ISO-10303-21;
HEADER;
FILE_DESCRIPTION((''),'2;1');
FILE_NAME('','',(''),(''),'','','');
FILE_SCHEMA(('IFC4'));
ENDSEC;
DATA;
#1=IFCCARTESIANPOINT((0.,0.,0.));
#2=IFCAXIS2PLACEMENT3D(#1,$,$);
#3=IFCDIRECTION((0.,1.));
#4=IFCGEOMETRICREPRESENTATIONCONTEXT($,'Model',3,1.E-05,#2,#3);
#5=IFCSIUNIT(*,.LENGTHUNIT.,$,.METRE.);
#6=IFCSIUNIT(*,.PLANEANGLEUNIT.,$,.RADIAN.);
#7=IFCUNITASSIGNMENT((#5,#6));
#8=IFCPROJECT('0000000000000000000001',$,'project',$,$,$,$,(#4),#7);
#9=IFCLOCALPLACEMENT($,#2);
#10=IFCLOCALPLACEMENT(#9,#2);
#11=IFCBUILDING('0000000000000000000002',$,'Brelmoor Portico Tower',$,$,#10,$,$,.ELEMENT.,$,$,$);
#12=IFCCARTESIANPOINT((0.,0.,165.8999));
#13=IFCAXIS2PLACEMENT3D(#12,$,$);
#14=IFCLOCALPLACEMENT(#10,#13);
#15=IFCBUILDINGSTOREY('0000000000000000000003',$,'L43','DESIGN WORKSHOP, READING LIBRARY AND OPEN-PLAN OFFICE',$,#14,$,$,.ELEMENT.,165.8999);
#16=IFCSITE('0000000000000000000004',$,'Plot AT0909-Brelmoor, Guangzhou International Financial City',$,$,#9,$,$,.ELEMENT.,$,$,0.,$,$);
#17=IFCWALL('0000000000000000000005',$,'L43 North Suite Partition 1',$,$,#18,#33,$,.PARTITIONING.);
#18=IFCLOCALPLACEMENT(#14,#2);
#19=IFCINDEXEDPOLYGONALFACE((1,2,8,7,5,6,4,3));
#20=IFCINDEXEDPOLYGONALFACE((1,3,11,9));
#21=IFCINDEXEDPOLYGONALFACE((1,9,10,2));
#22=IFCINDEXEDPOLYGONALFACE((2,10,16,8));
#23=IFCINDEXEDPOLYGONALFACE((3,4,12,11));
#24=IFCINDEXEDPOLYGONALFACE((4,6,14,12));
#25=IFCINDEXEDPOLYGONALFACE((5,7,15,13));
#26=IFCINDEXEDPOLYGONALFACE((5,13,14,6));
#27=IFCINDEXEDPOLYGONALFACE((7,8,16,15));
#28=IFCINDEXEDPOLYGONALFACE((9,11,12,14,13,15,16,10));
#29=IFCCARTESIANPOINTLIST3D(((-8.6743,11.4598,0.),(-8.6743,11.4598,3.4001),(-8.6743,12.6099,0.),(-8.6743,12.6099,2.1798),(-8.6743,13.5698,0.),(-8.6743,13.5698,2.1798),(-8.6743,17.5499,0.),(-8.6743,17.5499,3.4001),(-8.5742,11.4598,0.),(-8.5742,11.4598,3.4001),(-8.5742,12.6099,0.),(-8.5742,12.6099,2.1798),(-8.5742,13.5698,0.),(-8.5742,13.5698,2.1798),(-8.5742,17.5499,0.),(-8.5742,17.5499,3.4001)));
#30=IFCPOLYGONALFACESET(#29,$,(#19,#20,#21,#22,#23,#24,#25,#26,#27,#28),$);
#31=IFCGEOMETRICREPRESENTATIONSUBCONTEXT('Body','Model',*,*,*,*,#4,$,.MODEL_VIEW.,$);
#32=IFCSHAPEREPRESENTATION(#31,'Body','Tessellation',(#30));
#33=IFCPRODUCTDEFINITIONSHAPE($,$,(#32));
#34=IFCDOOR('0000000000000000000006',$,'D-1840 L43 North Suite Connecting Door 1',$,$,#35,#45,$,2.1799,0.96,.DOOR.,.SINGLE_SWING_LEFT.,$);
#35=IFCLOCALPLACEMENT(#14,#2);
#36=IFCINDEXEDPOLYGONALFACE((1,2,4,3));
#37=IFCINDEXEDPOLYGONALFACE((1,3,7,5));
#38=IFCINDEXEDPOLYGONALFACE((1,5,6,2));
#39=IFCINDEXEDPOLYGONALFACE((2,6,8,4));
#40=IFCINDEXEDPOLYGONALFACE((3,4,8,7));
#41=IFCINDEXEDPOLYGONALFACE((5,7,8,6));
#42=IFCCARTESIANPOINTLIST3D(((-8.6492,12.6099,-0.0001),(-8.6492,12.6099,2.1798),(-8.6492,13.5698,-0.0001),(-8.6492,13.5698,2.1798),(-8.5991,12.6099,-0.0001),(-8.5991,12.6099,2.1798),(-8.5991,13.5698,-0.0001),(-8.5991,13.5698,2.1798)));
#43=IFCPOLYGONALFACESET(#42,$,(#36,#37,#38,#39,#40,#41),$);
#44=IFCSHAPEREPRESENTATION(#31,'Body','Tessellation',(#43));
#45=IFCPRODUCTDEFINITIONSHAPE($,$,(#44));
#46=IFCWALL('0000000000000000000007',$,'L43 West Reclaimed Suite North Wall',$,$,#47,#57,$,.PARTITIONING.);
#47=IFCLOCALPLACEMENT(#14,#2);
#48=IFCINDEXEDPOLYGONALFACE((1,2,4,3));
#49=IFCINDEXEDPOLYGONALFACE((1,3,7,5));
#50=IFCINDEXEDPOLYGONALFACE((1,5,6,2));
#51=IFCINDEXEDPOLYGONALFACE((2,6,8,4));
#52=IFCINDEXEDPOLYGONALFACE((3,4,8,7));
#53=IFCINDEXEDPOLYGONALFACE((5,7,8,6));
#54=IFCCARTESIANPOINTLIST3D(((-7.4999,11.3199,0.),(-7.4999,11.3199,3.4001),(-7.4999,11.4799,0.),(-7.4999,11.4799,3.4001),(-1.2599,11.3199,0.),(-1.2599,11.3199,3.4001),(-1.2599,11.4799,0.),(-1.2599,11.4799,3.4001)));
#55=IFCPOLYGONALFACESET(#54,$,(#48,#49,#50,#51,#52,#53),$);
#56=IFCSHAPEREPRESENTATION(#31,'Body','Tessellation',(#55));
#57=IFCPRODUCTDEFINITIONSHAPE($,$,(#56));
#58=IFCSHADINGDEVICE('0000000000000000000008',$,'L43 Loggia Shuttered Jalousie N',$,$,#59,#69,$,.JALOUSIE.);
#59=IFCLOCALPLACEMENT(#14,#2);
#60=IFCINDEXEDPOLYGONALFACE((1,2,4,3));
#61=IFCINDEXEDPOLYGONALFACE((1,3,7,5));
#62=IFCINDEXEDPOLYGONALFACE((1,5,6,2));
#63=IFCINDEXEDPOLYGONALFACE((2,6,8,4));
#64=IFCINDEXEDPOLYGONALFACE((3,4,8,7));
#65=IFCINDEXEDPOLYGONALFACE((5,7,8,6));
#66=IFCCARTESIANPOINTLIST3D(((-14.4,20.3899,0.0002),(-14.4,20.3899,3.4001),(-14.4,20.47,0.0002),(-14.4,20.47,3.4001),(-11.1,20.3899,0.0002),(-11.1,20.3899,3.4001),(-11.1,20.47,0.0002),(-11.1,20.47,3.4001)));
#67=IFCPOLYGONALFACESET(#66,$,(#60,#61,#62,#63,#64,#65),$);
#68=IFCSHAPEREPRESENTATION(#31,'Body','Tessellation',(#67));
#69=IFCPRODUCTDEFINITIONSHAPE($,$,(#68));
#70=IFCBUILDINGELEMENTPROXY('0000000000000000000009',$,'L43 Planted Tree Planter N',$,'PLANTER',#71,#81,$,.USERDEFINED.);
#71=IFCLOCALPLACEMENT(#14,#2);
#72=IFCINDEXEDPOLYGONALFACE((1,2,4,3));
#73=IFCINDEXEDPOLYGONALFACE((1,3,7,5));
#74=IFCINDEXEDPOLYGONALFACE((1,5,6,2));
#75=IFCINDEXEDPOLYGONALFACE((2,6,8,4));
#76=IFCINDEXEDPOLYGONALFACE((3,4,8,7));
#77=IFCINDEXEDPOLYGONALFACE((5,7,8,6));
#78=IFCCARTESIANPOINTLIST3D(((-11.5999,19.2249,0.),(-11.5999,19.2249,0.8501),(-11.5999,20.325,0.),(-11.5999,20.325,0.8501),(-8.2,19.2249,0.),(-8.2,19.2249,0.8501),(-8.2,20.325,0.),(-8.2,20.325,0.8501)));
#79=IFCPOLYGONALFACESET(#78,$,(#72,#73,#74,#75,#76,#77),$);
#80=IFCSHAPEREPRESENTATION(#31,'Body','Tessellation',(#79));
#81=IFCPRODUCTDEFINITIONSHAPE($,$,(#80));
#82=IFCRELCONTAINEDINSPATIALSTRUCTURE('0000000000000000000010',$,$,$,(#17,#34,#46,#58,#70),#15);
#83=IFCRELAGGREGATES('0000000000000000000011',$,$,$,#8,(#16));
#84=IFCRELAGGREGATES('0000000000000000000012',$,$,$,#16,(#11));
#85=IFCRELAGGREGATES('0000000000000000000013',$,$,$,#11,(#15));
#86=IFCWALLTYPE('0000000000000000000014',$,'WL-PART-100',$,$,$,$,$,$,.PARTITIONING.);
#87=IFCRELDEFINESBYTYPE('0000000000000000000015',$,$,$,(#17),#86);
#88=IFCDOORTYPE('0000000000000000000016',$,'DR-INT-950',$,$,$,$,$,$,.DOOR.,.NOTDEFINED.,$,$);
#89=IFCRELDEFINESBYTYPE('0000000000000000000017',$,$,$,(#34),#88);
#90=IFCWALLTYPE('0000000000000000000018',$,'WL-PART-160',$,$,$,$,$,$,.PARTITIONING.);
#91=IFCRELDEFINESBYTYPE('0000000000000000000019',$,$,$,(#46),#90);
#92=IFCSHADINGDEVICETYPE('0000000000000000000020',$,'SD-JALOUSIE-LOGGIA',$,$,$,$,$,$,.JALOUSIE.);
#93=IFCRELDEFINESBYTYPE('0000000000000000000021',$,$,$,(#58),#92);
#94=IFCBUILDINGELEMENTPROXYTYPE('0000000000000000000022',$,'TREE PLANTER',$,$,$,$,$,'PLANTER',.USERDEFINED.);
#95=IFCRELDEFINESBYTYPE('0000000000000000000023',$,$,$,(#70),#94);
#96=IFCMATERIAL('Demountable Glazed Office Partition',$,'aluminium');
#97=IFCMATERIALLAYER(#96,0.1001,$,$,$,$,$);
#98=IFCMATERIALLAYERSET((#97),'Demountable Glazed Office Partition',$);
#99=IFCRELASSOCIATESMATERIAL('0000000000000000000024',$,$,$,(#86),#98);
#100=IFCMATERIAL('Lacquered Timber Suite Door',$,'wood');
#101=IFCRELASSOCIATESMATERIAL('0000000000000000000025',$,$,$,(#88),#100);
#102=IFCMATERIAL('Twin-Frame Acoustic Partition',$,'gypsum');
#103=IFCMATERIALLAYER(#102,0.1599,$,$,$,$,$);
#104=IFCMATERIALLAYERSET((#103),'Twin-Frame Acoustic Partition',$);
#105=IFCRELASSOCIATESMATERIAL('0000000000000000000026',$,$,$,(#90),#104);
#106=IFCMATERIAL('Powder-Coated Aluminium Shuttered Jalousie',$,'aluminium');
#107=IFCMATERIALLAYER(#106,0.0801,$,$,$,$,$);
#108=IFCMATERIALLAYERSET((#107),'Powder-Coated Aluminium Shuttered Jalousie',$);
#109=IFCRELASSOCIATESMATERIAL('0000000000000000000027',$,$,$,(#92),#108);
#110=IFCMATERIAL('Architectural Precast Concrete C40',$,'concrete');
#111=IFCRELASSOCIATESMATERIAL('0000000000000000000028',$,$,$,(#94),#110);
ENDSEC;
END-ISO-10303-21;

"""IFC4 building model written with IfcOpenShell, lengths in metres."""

from ifc_helpers import new_model, si_unit, direction, frame, frame_2d, origin, origin_2d, place, context, subcontext, project, spatial, rectangle, extrude, material, layer, layer_set, type_object, element, fill, save


model = new_model("IFC4")

# Units and contexts
model_context = context("Model", 3, precision=1e-05, world=origin(), true_north=direction((0.0, 1.0)))
body_context = subcontext(model_context, "Body", "Model", "MODEL_VIEW")
ifc_project = project(units=[si_unit("LENGTHUNIT", "METRE"), si_unit("PLANEANGLEUNIT", "RADIAN")], contexts=[model_context])

# Site, building, storey
site_placement = place(None, origin())
site = spatial("IfcSite", under=ifc_project, at=site_placement, Name="Plot AT0909-Brelmoor, Guangzhou International Financial City", CompositionType="ELEMENT", RefElevation=0.0)
building_placement = place(site_placement, origin())
building = spatial("IfcBuilding", under=site, at=building_placement, Name="Brelmoor Portico Tower", CompositionType="ELEMENT")
storey_placement = place(building_placement, frame((0.0, 0.0, 165.8999)))
storey = spatial("IfcBuildingStorey", under=building, at=storey_placement, Name="L43", Description="DESIGN WORKSHOP, READING LIBRARY AND OPEN-PLAN OFFICE", CompositionType="ELEMENT", Elevation=165.8999)

# Wall, opening, door
ifc_material_1 = material(Name="Demountable Glazed Office Partition", Category="aluminium")
ifc_layer_1 = layer(ifc_material_1, 0.1001)
ifc_layer_set_1 = layer_set([ifc_layer_1], Name="Demountable Glazed Office Partition")
wall_type_1 = type_object("IfcWallType", Name="WL-PART-100", PredefinedType="PARTITIONING", material=ifc_layer_set_1)
wall_1_placement = place(storey_placement, frame((-8.6243, 11.46, 0.0), z_axis=(0.0, 0.0, 1.0), x_axis=(0.0, 1.0, 0.0)))
wall_1 = element("IfcWall", 1, at=wall_1_placement, inside=storey, type_object=wall_type_1, Name="L43 North Suite Partition 1", PredefinedType="PARTITIONING", context=body_context, shape_type="SweptSolid", body=[
    extrude(rectangle(XDim=6.0901, YDim=0.1001, at=frame_2d((3.0449, 0.0))), origin(), (0.0, 0.0, 1.0), 3.4001),
])
opening_1_placement = place(wall_1_placement, frame((1.1499, 0.0, 0.0)))
opening_1 = element("IfcOpeningElement", 2, at=opening_1_placement, cuts=wall_1, PredefinedType="OPENING", context=body_context, shape_type="SweptSolid", body=[
    extrude(rectangle(XDim=0.96, YDim=2.1799, at=frame_2d((0.48, 1.0898))), frame((0.0, 0.0601, 0.0), z_axis=(0.0, -1.0, 0.0), x_axis=(1.0, 0.0, 0.0)), (0.0, 0.0, 1.0), 0.1201),
])
ifc_material_2 = material(Name="Lacquered Timber Suite Door", Category="wood")
door_type_1 = type_object("IfcDoorType", Name="DR-INT-950", OperationType="NOTDEFINED", PredefinedType="DOOR", material=ifc_material_2)
door_1_placement = place(opening_1_placement, origin())
door_1 = element("IfcDoor", 3, at=door_1_placement, inside=storey, type_object=door_type_1, Name="D-1840 L43 North Suite Connecting Door 1", OperationType="SINGLE_SWING_LEFT", OverallHeight=2.1799, OverallWidth=0.96, PredefinedType="DOOR", context=body_context, shape_type="SweptSolid", body=[
    extrude(rectangle(XDim=0.96, YDim=2.1799, at=frame_2d((0.48, 1.0898))), frame((0.0, 0.0249, 0.0), z_axis=(0.0, -1.0, 0.0), x_axis=(1.0, 0.0, 0.0)), (0.0, 0.0, 1.0), 0.05),
])
fill(opening_1, door_1)

# Wall
ifc_material_3 = material(Name="Twin-Frame Acoustic Partition", Category="gypsum")
ifc_layer_2 = layer(ifc_material_3, 0.1599)
ifc_layer_set_2 = layer_set([ifc_layer_2], Name="Twin-Frame Acoustic Partition")
wall_type_2 = type_object("IfcWallType", Name="WL-PART-160", PredefinedType="PARTITIONING", material=ifc_layer_set_2)
wall_2_placement = place(storey_placement, frame((-7.5, 11.3999, 0.0), z_axis=(0.0, 0.0, 1.0), x_axis=(1.0, 0.0, 0.0)))
element("IfcWall", 4, at=wall_2_placement, inside=storey, type_object=wall_type_2, Name="L43 West Reclaimed Suite North Wall", PredefinedType="PARTITIONING", context=body_context, shape_type="SweptSolid", body=[
    extrude(rectangle(XDim=6.24, YDim=0.1599, at=frame_2d((3.1201, 0.0))), origin(), (0.0, 0.0, 1.0), 3.4001),
])

# Shading device
ifc_material_4 = material(Name="Powder-Coated Aluminium Shuttered Jalousie", Category="aluminium")
ifc_layer_3 = layer(ifc_material_4, 0.0801)
ifc_layer_set_3 = layer_set([ifc_layer_3], Name="Powder-Coated Aluminium Shuttered Jalousie")
shading_device_type = type_object("IfcShadingDeviceType", Name="SD-JALOUSIE-LOGGIA", PredefinedType="JALOUSIE", material=ifc_layer_set_3)
shading_device_placement = place(storey_placement, frame((-12.75, 20.4299, 0.0002), z_axis=(0.0, 0.0, 1.0), x_axis=(1.0, 0.0, 0.0)))
element("IfcShadingDevice", 5, at=shading_device_placement, inside=storey, type_object=shading_device_type, Name="L43 Loggia Shuttered Jalousie N", PredefinedType="JALOUSIE", context=body_context, shape_type="SweptSolid", body=[
    extrude(rectangle(XDim=3.3, YDim=0.0801, at=origin_2d()), origin(), (0.0, 0.0, 1.0), 3.3999),
])

# Building element proxy
ifc_material_5 = material(Name="Architectural Precast Concrete C40", Category="concrete")
building_element_proxy_type = type_object("IfcBuildingElementProxyType", Name="TREE PLANTER", ElementType="PLANTER", PredefinedType="USERDEFINED", material=ifc_material_5)
proxy_placement = place(storey_placement, frame((-9.8999, 19.7749, 0.0), z_axis=(0.0, 0.0, 1.0), x_axis=(1.0, 0.0, 0.0)))
element("IfcBuildingElementProxy", 6, at=proxy_placement, inside=storey, type_object=building_element_proxy_type, Name="L43 Planted Tree Planter N", ObjectType="PLANTER", PredefinedType="USERDEFINED", context=body_context, shape_type="SweptSolid", body=[
    extrude(rectangle(XDim=3.3999, YDim=1.1001, at=origin_2d()), origin(), (0.0, 0.0, 1.0), 0.8501),
])

save(model, "model.ifc")
